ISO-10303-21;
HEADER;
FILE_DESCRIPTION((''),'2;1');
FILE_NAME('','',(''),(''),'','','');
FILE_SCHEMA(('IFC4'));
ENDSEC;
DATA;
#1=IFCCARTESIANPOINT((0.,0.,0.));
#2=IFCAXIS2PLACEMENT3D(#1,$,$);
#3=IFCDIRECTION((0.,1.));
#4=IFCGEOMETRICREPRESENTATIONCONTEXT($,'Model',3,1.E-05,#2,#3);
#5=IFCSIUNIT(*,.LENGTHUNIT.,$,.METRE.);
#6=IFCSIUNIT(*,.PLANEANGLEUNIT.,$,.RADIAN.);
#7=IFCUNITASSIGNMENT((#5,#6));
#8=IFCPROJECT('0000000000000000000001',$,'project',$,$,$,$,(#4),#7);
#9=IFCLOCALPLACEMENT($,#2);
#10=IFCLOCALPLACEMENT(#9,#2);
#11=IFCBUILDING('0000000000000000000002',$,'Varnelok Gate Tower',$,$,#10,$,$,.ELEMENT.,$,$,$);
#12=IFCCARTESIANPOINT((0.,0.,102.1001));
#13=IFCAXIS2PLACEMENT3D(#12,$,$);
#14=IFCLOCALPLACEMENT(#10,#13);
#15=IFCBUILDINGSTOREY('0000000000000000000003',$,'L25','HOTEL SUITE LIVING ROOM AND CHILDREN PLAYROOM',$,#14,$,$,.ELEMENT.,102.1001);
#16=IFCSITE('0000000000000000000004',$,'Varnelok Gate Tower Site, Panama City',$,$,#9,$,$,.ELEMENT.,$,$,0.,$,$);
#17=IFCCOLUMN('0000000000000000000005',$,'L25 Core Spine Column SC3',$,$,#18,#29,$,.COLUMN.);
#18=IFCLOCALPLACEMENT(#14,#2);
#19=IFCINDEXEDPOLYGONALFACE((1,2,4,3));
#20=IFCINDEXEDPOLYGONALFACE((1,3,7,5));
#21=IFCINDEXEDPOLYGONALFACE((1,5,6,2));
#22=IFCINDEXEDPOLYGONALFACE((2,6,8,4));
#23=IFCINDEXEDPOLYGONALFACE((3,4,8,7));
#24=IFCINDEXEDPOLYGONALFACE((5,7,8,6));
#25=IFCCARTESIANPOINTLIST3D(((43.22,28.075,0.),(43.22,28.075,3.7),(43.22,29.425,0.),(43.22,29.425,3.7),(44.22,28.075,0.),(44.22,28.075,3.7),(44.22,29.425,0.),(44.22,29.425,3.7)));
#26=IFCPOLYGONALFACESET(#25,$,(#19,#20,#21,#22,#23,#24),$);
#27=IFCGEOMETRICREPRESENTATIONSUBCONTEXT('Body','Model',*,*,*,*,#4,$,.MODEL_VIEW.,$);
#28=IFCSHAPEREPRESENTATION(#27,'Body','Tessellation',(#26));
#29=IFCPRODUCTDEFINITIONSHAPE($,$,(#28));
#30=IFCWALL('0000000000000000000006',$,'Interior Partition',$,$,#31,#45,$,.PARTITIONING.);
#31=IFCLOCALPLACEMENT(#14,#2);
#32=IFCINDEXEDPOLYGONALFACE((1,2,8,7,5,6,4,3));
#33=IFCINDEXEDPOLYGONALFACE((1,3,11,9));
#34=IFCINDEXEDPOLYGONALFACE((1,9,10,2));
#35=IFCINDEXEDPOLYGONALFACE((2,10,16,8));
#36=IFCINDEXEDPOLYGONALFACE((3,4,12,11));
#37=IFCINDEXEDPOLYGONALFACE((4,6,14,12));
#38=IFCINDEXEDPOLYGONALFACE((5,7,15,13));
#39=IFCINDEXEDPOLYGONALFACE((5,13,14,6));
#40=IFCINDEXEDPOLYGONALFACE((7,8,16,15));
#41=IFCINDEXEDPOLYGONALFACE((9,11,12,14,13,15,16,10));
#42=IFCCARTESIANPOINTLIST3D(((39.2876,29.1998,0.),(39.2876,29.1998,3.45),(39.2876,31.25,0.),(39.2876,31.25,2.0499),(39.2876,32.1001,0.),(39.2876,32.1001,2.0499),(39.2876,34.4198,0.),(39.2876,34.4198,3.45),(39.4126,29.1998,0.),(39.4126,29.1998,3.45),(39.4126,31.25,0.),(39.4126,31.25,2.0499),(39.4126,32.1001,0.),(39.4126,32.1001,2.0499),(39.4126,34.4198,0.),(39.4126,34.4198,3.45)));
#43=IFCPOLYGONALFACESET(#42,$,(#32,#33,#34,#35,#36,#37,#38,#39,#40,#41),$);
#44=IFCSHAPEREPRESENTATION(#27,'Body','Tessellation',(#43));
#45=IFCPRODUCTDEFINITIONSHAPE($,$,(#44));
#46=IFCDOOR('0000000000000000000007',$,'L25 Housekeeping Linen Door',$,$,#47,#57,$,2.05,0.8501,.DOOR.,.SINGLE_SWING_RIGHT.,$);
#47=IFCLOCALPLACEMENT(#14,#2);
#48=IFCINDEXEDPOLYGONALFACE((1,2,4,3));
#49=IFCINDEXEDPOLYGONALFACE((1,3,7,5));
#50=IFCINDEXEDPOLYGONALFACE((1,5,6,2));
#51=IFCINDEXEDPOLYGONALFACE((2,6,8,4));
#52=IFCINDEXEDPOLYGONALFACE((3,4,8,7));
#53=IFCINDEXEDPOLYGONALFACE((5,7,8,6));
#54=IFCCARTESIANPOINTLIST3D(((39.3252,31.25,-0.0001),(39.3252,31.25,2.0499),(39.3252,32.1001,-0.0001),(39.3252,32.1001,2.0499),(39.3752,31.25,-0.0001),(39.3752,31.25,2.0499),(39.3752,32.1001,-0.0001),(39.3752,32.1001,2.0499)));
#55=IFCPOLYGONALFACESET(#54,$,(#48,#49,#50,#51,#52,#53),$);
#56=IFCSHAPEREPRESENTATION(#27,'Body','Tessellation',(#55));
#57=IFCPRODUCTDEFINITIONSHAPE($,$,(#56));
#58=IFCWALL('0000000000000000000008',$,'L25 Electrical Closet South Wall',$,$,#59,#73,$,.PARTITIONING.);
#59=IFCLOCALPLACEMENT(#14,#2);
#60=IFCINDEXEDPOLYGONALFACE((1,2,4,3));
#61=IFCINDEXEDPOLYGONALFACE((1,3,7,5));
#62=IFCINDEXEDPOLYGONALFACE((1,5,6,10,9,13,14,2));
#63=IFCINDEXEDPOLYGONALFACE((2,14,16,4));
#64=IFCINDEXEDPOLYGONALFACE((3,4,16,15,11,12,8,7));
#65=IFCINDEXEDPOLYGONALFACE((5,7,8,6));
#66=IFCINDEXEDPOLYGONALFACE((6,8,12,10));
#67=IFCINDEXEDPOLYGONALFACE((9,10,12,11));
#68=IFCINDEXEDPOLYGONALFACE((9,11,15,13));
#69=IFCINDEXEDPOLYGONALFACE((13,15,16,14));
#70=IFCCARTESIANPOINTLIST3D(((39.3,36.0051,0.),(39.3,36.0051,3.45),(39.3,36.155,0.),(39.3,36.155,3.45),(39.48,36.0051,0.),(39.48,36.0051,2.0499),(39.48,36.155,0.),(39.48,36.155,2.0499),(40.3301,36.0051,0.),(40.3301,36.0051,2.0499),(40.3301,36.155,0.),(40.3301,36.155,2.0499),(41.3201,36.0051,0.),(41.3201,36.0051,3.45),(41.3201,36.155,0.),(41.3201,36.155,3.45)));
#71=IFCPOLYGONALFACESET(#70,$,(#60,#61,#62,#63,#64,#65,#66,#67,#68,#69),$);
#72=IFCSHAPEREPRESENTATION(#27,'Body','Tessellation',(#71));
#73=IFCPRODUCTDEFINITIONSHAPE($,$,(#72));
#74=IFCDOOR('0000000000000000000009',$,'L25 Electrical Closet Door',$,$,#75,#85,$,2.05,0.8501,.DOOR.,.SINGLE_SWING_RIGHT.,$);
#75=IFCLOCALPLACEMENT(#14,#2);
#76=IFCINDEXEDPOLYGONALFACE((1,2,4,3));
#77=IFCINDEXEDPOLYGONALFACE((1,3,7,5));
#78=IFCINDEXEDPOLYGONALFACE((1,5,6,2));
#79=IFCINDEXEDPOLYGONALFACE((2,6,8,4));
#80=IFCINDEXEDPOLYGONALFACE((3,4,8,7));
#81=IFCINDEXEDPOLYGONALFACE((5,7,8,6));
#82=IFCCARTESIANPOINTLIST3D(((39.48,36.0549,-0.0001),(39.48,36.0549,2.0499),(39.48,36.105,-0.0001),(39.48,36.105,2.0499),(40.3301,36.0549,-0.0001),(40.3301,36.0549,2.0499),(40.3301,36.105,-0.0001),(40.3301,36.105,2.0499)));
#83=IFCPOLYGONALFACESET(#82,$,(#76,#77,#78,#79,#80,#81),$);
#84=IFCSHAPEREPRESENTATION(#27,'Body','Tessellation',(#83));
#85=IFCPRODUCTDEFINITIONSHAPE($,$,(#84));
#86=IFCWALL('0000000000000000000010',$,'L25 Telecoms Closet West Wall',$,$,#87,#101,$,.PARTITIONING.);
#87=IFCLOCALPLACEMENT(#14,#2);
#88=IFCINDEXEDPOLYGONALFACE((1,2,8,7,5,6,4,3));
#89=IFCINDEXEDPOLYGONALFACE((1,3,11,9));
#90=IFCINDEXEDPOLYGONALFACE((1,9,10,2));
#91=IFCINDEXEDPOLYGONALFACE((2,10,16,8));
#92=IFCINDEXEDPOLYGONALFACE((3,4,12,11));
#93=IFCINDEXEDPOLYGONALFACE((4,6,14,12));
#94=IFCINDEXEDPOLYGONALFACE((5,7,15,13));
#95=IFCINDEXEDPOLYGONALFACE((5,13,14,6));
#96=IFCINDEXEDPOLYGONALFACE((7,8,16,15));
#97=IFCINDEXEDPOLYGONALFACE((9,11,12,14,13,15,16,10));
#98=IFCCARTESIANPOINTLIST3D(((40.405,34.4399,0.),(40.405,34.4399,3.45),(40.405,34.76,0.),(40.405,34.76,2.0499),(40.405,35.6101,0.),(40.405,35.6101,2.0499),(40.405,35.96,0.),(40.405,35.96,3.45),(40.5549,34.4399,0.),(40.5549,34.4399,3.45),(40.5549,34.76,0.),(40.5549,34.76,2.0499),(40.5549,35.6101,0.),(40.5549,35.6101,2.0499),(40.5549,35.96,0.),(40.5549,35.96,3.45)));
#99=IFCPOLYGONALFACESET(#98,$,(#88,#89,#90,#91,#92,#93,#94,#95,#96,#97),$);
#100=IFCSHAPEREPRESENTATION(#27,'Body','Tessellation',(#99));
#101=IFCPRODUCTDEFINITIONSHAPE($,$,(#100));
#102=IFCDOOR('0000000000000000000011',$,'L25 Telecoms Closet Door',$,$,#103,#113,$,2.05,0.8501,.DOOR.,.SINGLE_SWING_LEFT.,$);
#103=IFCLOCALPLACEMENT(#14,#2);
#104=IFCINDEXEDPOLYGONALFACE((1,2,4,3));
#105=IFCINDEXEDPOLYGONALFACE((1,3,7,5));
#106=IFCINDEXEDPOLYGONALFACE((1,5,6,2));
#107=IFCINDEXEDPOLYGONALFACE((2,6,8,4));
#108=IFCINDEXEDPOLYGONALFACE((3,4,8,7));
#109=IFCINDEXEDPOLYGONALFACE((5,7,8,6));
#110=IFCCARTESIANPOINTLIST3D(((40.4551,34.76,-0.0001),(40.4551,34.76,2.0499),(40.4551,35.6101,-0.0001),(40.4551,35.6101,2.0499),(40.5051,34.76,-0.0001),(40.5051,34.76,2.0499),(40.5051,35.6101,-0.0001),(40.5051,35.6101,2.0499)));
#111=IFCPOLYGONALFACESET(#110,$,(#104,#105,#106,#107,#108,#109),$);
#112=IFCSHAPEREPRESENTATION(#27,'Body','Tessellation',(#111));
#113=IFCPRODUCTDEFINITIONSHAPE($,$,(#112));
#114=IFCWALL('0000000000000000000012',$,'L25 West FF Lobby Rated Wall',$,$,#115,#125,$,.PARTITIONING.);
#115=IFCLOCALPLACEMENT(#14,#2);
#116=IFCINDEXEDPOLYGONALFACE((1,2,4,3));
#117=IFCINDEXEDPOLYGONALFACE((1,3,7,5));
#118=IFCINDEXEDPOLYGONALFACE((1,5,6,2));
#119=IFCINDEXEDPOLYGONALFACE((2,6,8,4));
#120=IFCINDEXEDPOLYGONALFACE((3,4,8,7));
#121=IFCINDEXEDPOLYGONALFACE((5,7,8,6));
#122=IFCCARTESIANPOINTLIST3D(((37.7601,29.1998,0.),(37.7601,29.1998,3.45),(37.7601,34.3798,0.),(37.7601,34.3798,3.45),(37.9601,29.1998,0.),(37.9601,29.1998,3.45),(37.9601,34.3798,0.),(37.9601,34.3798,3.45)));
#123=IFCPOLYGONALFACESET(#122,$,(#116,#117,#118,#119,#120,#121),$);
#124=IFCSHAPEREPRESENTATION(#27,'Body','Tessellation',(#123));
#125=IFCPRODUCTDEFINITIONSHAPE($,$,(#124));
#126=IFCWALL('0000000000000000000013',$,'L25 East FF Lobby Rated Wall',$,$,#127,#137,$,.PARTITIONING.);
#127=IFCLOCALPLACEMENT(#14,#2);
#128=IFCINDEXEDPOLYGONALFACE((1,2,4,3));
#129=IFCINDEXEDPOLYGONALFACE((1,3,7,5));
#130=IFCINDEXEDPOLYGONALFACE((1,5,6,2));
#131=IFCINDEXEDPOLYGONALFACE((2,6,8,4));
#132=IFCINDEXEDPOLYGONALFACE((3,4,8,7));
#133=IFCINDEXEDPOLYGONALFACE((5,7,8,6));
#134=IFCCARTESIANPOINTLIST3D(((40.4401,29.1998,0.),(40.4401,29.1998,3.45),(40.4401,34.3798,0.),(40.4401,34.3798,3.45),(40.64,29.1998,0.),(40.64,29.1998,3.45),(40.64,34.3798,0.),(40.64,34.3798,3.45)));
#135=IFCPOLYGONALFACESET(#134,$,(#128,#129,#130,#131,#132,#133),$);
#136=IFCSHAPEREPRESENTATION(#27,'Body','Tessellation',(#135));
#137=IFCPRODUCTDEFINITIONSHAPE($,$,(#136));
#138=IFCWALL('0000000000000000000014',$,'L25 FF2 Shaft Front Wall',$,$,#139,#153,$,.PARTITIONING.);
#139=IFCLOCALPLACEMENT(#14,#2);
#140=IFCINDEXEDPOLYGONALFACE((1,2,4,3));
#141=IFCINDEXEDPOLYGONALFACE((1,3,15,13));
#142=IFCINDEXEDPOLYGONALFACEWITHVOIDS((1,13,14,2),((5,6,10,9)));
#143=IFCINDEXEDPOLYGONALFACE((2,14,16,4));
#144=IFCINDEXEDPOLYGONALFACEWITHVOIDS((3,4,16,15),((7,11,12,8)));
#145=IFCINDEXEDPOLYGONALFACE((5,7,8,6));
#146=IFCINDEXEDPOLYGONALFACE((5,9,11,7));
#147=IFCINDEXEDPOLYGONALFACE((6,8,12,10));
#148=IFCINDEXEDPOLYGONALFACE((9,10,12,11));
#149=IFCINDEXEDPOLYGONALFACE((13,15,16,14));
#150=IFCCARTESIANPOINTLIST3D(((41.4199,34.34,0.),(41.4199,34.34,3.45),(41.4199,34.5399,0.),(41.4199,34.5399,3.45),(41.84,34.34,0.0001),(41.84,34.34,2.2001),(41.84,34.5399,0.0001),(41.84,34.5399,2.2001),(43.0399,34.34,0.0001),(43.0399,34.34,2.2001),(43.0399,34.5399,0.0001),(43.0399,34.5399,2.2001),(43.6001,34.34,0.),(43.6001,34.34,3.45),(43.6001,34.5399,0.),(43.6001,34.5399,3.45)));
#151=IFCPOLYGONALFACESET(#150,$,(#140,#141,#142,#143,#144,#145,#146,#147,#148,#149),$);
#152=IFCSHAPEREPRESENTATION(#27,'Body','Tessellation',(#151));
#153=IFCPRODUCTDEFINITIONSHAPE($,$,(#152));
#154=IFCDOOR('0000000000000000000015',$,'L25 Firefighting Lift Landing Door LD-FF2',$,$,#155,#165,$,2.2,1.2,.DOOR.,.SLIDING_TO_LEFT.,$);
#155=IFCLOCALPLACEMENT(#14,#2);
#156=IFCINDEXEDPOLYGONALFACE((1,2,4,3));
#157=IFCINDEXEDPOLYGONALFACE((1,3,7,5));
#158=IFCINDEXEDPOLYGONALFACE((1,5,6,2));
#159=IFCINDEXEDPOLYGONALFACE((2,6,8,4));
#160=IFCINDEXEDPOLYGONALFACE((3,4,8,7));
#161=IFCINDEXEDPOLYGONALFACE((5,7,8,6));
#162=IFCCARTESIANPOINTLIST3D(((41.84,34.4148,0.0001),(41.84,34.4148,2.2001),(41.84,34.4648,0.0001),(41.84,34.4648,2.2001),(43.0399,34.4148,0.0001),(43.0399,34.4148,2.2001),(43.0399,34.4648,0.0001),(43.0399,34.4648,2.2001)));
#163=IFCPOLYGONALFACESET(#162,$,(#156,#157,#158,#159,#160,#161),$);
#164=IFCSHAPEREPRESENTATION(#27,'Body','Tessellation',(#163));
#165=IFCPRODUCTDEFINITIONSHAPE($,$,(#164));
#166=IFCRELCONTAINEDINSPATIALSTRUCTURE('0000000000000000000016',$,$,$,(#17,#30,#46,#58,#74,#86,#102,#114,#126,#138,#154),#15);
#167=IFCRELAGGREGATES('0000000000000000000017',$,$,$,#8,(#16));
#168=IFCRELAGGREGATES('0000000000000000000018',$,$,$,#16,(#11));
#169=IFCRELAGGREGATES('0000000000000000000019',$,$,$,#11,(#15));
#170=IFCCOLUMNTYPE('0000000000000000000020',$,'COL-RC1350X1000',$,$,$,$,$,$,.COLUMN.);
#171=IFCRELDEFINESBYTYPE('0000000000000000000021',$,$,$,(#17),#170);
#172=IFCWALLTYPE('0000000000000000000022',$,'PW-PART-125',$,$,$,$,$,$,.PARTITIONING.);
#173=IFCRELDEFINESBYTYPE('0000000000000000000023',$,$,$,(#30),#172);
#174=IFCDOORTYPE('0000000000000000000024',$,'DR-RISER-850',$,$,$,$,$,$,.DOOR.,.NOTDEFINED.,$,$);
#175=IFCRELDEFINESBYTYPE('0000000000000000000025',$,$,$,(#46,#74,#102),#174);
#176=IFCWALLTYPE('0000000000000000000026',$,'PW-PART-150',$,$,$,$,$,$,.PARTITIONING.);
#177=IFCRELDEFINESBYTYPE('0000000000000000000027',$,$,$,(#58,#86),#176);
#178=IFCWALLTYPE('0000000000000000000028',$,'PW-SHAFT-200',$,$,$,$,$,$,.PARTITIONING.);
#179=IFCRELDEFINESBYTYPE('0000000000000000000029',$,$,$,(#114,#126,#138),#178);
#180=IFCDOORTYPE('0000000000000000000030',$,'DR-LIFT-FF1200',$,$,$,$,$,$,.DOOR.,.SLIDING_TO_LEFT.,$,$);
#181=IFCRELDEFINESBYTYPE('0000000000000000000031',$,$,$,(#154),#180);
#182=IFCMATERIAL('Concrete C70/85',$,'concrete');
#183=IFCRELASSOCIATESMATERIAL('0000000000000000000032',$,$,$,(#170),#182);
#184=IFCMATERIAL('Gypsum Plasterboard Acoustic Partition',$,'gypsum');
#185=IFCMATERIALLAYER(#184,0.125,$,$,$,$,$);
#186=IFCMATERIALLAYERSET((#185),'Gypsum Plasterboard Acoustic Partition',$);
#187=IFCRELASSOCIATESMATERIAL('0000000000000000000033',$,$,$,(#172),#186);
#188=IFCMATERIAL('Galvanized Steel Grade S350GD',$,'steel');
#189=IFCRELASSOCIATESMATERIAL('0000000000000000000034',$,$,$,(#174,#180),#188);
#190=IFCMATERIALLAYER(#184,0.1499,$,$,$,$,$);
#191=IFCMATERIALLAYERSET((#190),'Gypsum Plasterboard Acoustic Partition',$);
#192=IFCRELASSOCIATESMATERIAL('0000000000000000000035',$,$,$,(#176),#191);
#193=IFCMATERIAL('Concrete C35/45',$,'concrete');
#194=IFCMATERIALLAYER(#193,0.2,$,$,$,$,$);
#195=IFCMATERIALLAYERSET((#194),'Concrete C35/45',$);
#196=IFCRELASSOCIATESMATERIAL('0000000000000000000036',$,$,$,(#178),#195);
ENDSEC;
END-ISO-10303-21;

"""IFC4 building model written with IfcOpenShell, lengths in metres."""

from ifc_helpers import new_model, si_unit, direction, frame, frame_2d, origin, origin_2d, place, context, subcontext, project, spatial, rectangle, extrude, material, layer, layer_set, material_profile, profile_set, type_object, element, fill, save


model = new_model("IFC4")

# Units and contexts
model_context = context("Model", 3, precision=1e-05, world=origin(), true_north=direction((0.0, 1.0)))
body_context = subcontext(model_context, "Body", "Model", "MODEL_VIEW")
ifc_project = project(units=[si_unit("LENGTHUNIT", "METRE"), si_unit("PLANEANGLEUNIT", "RADIAN")], contexts=[model_context])

# Site, building, storey
site_placement = place(None, origin())
site = spatial("IfcSite", under=ifc_project, at=site_placement, Name="Varnelok Gate Tower Site, Panama City", CompositionType="ELEMENT", RefElevation=0.0)
building_placement = place(site_placement, origin())
building = spatial("IfcBuilding", under=site, at=building_placement, Name="Varnelok Gate Tower", CompositionType="ELEMENT")
storey_placement = place(building_placement, frame((0.0, 0.0, 102.1001)))
storey = spatial("IfcBuildingStorey", under=building, at=storey_placement, Name="L25", Description="HOTEL SUITE LIVING ROOM AND CHILDREN PLAYROOM", CompositionType="ELEMENT", Elevation=102.1001)

# Column
ifc_material_1 = material(Name="Concrete C70/85", Category="concrete")
ifc_material_profile = material_profile(ifc_material_1, rectangle(XDim=1.0, YDim=1.3501, at=origin_2d()), Name="RC1350X1000")
ifc_profile_set = profile_set([ifc_material_profile], Name="Concrete C70/85")
column_type = type_object("IfcColumnType", Name="COL-RC1350X1000", PredefinedType="COLUMN", material=ifc_profile_set)
column_placement = place(storey_placement, frame((43.72, 28.75, 0.0), z_axis=(0.0, 0.0, 1.0), x_axis=(1.0, 0.0, 0.0)))
element("IfcColumn", 1, at=column_placement, inside=storey, type_object=column_type, Name="L25 Core Spine Column SC3", PredefinedType="COLUMN", context=body_context, shape_type="SweptSolid", body=[
    extrude(rectangle(XDim=1.0, YDim=1.3501, at=origin_2d()), origin(), (0.0, 0.0, 1.0), 3.7),
])

# Walls, openings, doors
ifc_material_2 = material(Name="Gypsum Plasterboard Acoustic Partition", Category="gypsum")
ifc_layer_1 = layer(ifc_material_2, 0.125)
ifc_layer_set_1 = layer_set([ifc_layer_1], Name="Gypsum Plasterboard Acoustic Partition")
wall_type_1 = type_object("IfcWallType", Name="PW-PART-125", PredefinedType="PARTITIONING", material=ifc_layer_set_1)
wall_1_placement = place(storey_placement, frame((39.3501, 29.2, 0.0), z_axis=(0.0, 0.0, 1.0), x_axis=(0.0, 1.0, 0.0)))
wall_1 = element("IfcWall", 2, at=wall_1_placement, inside=storey, type_object=wall_type_1, Name="Interior Partition", PredefinedType="PARTITIONING", context=body_context, shape_type="SweptSolid", body=[
    extrude(rectangle(XDim=5.22, YDim=0.125, at=frame_2d((2.6099, 0.0))), origin(), (0.0, 0.0, 1.0), 3.45),
])
opening_1_placement = place(wall_1_placement, frame((2.05, 0.0, 0.0)))
opening_1 = element("IfcOpeningElement", 3, at=opening_1_placement, cuts=wall_1, PredefinedType="OPENING", context=body_context, shape_type="SweptSolid", body=[
    extrude(rectangle(XDim=0.8501, YDim=2.05, at=frame_2d((0.425, 1.0249))), frame((0.0, 0.0725, 0.0), z_axis=(0.0, -1.0, 0.0), x_axis=(1.0, 0.0, 0.0)), (0.0, 0.0, 1.0), 0.145),
])
ifc_material_3 = material(Name="Galvanized Steel Grade S350GD", Category="steel")
door_type_1 = type_object("IfcDoorType", Name="DR-RISER-850", OperationType="NOTDEFINED", PredefinedType="DOOR", material=ifc_material_3)
door_1_placement = place(opening_1_placement, origin())
door_1 = element("IfcDoor", 4, at=door_1_placement, inside=storey, type_object=door_type_1, Name="L25 Housekeeping Linen Door", OperationType="SINGLE_SWING_RIGHT", OverallHeight=2.05, OverallWidth=0.8501, PredefinedType="DOOR", context=body_context, shape_type="SweptSolid", body=[
    extrude(rectangle(XDim=0.8501, YDim=2.05, at=frame_2d((0.425, 1.0249))), frame((0.0, 0.0249, 0.0), z_axis=(0.0, -1.0, 0.0), x_axis=(1.0, 0.0, 0.0)), (0.0, 0.0, 1.0), 0.05),
])
fill(opening_1, door_1)
ifc_layer_2 = layer(ifc_material_2, 0.1499)
ifc_layer_set_2 = layer_set([ifc_layer_2], Name="Gypsum Plasterboard Acoustic Partition")
wall_type_2 = type_object("IfcWallType", Name="PW-PART-150", PredefinedType="PARTITIONING", material=ifc_layer_set_2)
wall_2_placement = place(storey_placement, frame((39.3, 36.0801, 0.0), z_axis=(0.0, 0.0, 1.0), x_axis=(1.0, 0.0, 0.0)))
wall_2 = element("IfcWall", 5, at=wall_2_placement, inside=storey, type_object=wall_type_2, Name="L25 Electrical Closet South Wall", PredefinedType="PARTITIONING", context=body_context, shape_type="SweptSolid", body=[
    extrude(rectangle(XDim=2.02, YDim=0.1499, at=frame_2d((1.01, 0.0))), origin(), (0.0, 0.0, 1.0), 3.45),
])
opening_2_placement = place(wall_2_placement, frame((0.1799, 0.0, 0.0)))
opening_2 = element("IfcOpeningElement", 6, at=opening_2_placement, cuts=wall_2, PredefinedType="OPENING", context=body_context, shape_type="SweptSolid", body=[
    extrude(rectangle(XDim=0.8501, YDim=2.05, at=frame_2d((0.425, 1.0249))), frame((0.0, 0.085, 0.0), z_axis=(0.0, -1.0, 0.0), x_axis=(1.0, 0.0, 0.0)), (0.0, 0.0, 1.0), 0.1699),
])
door_2_placement = place(opening_2_placement, origin())
door_2 = element("IfcDoor", 7, at=door_2_placement, inside=storey, type_object=door_type_1, Name="L25 Electrical Closet Door", OperationType="SINGLE_SWING_RIGHT", OverallHeight=2.05, OverallWidth=0.8501, PredefinedType="DOOR", context=body_context, shape_type="SweptSolid", body=[
    extrude(rectangle(XDim=0.8501, YDim=2.05, at=frame_2d((0.425, 1.0249))), frame((0.0, 0.0249, 0.0), z_axis=(0.0, -1.0, 0.0), x_axis=(1.0, 0.0, 0.0)), (0.0, 0.0, 1.0), 0.05),
])
fill(opening_2, door_2)
wall_3_placement = place(storey_placement, frame((40.48, 34.4399, 0.0), z_axis=(0.0, 0.0, 1.0), x_axis=(0.0, 1.0, 0.0)))
wall_3 = element("IfcWall", 8, at=wall_3_placement, inside=storey, type_object=wall_type_2, Name="L25 Telecoms Closet West Wall", PredefinedType="PARTITIONING", context=body_context, shape_type="SweptSolid", body=[
    extrude(rectangle(XDim=1.52, YDim=0.1499, at=frame_2d((0.76, 0.0))), origin(), (0.0, 0.0, 1.0), 3.45),
])
opening_3_placement = place(wall_3_placement, frame((0.3201, 0.0, 0.0)))
opening_3 = element("IfcOpeningElement", 9, at=opening_3_placement, cuts=wall_3, PredefinedType="OPENING", context=body_context, shape_type="SweptSolid", body=[
    extrude(rectangle(XDim=0.8501, YDim=2.05, at=frame_2d((0.425, 1.0249))), frame((0.0, 0.085, 0.0), z_axis=(0.0, -1.0, 0.0), x_axis=(1.0, 0.0, 0.0)), (0.0, 0.0, 1.0), 0.1699),
])
door_3_placement = place(opening_3_placement, origin())
door_3 = element("IfcDoor", 10, at=door_3_placement, inside=storey, type_object=door_type_1, Name="L25 Telecoms Closet Door", OperationType="SINGLE_SWING_LEFT", OverallHeight=2.05, OverallWidth=0.8501, PredefinedType="DOOR", context=body_context, shape_type="SweptSolid", body=[
    extrude(rectangle(XDim=0.8501, YDim=2.05, at=frame_2d((0.425, 1.0249))), frame((0.0, 0.0249, 0.0), z_axis=(0.0, -1.0, 0.0), x_axis=(1.0, 0.0, 0.0)), (0.0, 0.0, 1.0), 0.05),
])
fill(opening_3, door_3)

# Walls
ifc_material_4 = material(Name="Concrete C35/45", Category="concrete")
ifc_layer_3 = layer(ifc_material_4, 0.2)
ifc_layer_set_3 = layer_set([ifc_layer_3], Name="Concrete C35/45")
wall_type_3 = type_object("IfcWallType", Name="PW-SHAFT-200", PredefinedType="PARTITIONING", material=ifc_layer_set_3)
for number, where, z_axis, x_axis, name in (
    (11, (37.8601, 29.2, 0.0), (0.0, 0.0, 1.0), (0.0, 1.0, 0.0), "L25 West FF Lobby Rated Wall"),
    (12, (40.54, 29.2, 0.0), (0.0, 0.0, 1.0), (0.0, 1.0, 0.0), "L25 East FF Lobby Rated Wall"),
):
    element("IfcWall", number, at=place(storey_placement, frame(where, z_axis=z_axis, x_axis=x_axis)), inside=storey, type_object=wall_type_3, Name=name, PredefinedType="PARTITIONING", context=body_context, shape_type="SweptSolid", body=[
        extrude(rectangle(XDim=5.1799, YDim=0.2, at=frame_2d((2.5898, 0.0))), origin(), (0.0, 0.0, 1.0), 3.45),
    ])

# Wall, opening, door
wall_4_placement = place(storey_placement, frame((41.4199, 34.4399, 0.0), z_axis=(0.0, 0.0, 1.0), x_axis=(1.0, 0.0, 0.0)))
wall_4 = element("IfcWall", 13, at=wall_4_placement, inside=storey, type_object=wall_type_3, Name="L25 FF2 Shaft Front Wall", PredefinedType="PARTITIONING", context=body_context, shape_type="SweptSolid", body=[
    extrude(rectangle(XDim=2.1802, YDim=0.2, at=frame_2d((1.0901, 0.0))), origin(), (0.0, 0.0, 1.0), 3.45),
])
opening_4_placement = place(wall_4_placement, frame((0.4199, 0.0, 0.0)))
opening_4 = element("IfcOpeningElement", 14, at=opening_4_placement, cuts=wall_4, PredefinedType="OPENING", context=body_context, shape_type="SweptSolid", body=[
    extrude(rectangle(XDim=1.2, YDim=2.2, at=frame_2d((0.6001, 1.1001))), frame((0.0, 0.1099, 0.0), z_axis=(0.0, -1.0, 0.0), x_axis=(1.0, 0.0, 0.0)), (0.0, 0.0, 1.0), 0.22),
])
door_type_2 = type_object("IfcDoorType", Name="DR-LIFT-FF1200", OperationType="SLIDING_TO_LEFT", PredefinedType="DOOR", material=ifc_material_3)
door_4_placement = place(opening_4_placement, origin())
door_4 = element("IfcDoor", 15, at=door_4_placement, inside=storey, type_object=door_type_2, Name="L25 Firefighting Lift Landing Door LD-FF2", OperationType="SLIDING_TO_LEFT", OverallHeight=2.2, OverallWidth=1.2, PredefinedType="DOOR", context=body_context, shape_type="SweptSolid", body=[
    extrude(rectangle(XDim=1.2, YDim=2.2, at=frame_2d((0.6001, 1.1001))), frame((0.0, 0.0249, 0.0), z_axis=(0.0, -1.0, 0.0), x_axis=(1.0, 0.0, 0.0)), (0.0, 0.0, 1.0), 0.05),
])
fill(opening_4, door_4)

save(model, "model.ifc")
